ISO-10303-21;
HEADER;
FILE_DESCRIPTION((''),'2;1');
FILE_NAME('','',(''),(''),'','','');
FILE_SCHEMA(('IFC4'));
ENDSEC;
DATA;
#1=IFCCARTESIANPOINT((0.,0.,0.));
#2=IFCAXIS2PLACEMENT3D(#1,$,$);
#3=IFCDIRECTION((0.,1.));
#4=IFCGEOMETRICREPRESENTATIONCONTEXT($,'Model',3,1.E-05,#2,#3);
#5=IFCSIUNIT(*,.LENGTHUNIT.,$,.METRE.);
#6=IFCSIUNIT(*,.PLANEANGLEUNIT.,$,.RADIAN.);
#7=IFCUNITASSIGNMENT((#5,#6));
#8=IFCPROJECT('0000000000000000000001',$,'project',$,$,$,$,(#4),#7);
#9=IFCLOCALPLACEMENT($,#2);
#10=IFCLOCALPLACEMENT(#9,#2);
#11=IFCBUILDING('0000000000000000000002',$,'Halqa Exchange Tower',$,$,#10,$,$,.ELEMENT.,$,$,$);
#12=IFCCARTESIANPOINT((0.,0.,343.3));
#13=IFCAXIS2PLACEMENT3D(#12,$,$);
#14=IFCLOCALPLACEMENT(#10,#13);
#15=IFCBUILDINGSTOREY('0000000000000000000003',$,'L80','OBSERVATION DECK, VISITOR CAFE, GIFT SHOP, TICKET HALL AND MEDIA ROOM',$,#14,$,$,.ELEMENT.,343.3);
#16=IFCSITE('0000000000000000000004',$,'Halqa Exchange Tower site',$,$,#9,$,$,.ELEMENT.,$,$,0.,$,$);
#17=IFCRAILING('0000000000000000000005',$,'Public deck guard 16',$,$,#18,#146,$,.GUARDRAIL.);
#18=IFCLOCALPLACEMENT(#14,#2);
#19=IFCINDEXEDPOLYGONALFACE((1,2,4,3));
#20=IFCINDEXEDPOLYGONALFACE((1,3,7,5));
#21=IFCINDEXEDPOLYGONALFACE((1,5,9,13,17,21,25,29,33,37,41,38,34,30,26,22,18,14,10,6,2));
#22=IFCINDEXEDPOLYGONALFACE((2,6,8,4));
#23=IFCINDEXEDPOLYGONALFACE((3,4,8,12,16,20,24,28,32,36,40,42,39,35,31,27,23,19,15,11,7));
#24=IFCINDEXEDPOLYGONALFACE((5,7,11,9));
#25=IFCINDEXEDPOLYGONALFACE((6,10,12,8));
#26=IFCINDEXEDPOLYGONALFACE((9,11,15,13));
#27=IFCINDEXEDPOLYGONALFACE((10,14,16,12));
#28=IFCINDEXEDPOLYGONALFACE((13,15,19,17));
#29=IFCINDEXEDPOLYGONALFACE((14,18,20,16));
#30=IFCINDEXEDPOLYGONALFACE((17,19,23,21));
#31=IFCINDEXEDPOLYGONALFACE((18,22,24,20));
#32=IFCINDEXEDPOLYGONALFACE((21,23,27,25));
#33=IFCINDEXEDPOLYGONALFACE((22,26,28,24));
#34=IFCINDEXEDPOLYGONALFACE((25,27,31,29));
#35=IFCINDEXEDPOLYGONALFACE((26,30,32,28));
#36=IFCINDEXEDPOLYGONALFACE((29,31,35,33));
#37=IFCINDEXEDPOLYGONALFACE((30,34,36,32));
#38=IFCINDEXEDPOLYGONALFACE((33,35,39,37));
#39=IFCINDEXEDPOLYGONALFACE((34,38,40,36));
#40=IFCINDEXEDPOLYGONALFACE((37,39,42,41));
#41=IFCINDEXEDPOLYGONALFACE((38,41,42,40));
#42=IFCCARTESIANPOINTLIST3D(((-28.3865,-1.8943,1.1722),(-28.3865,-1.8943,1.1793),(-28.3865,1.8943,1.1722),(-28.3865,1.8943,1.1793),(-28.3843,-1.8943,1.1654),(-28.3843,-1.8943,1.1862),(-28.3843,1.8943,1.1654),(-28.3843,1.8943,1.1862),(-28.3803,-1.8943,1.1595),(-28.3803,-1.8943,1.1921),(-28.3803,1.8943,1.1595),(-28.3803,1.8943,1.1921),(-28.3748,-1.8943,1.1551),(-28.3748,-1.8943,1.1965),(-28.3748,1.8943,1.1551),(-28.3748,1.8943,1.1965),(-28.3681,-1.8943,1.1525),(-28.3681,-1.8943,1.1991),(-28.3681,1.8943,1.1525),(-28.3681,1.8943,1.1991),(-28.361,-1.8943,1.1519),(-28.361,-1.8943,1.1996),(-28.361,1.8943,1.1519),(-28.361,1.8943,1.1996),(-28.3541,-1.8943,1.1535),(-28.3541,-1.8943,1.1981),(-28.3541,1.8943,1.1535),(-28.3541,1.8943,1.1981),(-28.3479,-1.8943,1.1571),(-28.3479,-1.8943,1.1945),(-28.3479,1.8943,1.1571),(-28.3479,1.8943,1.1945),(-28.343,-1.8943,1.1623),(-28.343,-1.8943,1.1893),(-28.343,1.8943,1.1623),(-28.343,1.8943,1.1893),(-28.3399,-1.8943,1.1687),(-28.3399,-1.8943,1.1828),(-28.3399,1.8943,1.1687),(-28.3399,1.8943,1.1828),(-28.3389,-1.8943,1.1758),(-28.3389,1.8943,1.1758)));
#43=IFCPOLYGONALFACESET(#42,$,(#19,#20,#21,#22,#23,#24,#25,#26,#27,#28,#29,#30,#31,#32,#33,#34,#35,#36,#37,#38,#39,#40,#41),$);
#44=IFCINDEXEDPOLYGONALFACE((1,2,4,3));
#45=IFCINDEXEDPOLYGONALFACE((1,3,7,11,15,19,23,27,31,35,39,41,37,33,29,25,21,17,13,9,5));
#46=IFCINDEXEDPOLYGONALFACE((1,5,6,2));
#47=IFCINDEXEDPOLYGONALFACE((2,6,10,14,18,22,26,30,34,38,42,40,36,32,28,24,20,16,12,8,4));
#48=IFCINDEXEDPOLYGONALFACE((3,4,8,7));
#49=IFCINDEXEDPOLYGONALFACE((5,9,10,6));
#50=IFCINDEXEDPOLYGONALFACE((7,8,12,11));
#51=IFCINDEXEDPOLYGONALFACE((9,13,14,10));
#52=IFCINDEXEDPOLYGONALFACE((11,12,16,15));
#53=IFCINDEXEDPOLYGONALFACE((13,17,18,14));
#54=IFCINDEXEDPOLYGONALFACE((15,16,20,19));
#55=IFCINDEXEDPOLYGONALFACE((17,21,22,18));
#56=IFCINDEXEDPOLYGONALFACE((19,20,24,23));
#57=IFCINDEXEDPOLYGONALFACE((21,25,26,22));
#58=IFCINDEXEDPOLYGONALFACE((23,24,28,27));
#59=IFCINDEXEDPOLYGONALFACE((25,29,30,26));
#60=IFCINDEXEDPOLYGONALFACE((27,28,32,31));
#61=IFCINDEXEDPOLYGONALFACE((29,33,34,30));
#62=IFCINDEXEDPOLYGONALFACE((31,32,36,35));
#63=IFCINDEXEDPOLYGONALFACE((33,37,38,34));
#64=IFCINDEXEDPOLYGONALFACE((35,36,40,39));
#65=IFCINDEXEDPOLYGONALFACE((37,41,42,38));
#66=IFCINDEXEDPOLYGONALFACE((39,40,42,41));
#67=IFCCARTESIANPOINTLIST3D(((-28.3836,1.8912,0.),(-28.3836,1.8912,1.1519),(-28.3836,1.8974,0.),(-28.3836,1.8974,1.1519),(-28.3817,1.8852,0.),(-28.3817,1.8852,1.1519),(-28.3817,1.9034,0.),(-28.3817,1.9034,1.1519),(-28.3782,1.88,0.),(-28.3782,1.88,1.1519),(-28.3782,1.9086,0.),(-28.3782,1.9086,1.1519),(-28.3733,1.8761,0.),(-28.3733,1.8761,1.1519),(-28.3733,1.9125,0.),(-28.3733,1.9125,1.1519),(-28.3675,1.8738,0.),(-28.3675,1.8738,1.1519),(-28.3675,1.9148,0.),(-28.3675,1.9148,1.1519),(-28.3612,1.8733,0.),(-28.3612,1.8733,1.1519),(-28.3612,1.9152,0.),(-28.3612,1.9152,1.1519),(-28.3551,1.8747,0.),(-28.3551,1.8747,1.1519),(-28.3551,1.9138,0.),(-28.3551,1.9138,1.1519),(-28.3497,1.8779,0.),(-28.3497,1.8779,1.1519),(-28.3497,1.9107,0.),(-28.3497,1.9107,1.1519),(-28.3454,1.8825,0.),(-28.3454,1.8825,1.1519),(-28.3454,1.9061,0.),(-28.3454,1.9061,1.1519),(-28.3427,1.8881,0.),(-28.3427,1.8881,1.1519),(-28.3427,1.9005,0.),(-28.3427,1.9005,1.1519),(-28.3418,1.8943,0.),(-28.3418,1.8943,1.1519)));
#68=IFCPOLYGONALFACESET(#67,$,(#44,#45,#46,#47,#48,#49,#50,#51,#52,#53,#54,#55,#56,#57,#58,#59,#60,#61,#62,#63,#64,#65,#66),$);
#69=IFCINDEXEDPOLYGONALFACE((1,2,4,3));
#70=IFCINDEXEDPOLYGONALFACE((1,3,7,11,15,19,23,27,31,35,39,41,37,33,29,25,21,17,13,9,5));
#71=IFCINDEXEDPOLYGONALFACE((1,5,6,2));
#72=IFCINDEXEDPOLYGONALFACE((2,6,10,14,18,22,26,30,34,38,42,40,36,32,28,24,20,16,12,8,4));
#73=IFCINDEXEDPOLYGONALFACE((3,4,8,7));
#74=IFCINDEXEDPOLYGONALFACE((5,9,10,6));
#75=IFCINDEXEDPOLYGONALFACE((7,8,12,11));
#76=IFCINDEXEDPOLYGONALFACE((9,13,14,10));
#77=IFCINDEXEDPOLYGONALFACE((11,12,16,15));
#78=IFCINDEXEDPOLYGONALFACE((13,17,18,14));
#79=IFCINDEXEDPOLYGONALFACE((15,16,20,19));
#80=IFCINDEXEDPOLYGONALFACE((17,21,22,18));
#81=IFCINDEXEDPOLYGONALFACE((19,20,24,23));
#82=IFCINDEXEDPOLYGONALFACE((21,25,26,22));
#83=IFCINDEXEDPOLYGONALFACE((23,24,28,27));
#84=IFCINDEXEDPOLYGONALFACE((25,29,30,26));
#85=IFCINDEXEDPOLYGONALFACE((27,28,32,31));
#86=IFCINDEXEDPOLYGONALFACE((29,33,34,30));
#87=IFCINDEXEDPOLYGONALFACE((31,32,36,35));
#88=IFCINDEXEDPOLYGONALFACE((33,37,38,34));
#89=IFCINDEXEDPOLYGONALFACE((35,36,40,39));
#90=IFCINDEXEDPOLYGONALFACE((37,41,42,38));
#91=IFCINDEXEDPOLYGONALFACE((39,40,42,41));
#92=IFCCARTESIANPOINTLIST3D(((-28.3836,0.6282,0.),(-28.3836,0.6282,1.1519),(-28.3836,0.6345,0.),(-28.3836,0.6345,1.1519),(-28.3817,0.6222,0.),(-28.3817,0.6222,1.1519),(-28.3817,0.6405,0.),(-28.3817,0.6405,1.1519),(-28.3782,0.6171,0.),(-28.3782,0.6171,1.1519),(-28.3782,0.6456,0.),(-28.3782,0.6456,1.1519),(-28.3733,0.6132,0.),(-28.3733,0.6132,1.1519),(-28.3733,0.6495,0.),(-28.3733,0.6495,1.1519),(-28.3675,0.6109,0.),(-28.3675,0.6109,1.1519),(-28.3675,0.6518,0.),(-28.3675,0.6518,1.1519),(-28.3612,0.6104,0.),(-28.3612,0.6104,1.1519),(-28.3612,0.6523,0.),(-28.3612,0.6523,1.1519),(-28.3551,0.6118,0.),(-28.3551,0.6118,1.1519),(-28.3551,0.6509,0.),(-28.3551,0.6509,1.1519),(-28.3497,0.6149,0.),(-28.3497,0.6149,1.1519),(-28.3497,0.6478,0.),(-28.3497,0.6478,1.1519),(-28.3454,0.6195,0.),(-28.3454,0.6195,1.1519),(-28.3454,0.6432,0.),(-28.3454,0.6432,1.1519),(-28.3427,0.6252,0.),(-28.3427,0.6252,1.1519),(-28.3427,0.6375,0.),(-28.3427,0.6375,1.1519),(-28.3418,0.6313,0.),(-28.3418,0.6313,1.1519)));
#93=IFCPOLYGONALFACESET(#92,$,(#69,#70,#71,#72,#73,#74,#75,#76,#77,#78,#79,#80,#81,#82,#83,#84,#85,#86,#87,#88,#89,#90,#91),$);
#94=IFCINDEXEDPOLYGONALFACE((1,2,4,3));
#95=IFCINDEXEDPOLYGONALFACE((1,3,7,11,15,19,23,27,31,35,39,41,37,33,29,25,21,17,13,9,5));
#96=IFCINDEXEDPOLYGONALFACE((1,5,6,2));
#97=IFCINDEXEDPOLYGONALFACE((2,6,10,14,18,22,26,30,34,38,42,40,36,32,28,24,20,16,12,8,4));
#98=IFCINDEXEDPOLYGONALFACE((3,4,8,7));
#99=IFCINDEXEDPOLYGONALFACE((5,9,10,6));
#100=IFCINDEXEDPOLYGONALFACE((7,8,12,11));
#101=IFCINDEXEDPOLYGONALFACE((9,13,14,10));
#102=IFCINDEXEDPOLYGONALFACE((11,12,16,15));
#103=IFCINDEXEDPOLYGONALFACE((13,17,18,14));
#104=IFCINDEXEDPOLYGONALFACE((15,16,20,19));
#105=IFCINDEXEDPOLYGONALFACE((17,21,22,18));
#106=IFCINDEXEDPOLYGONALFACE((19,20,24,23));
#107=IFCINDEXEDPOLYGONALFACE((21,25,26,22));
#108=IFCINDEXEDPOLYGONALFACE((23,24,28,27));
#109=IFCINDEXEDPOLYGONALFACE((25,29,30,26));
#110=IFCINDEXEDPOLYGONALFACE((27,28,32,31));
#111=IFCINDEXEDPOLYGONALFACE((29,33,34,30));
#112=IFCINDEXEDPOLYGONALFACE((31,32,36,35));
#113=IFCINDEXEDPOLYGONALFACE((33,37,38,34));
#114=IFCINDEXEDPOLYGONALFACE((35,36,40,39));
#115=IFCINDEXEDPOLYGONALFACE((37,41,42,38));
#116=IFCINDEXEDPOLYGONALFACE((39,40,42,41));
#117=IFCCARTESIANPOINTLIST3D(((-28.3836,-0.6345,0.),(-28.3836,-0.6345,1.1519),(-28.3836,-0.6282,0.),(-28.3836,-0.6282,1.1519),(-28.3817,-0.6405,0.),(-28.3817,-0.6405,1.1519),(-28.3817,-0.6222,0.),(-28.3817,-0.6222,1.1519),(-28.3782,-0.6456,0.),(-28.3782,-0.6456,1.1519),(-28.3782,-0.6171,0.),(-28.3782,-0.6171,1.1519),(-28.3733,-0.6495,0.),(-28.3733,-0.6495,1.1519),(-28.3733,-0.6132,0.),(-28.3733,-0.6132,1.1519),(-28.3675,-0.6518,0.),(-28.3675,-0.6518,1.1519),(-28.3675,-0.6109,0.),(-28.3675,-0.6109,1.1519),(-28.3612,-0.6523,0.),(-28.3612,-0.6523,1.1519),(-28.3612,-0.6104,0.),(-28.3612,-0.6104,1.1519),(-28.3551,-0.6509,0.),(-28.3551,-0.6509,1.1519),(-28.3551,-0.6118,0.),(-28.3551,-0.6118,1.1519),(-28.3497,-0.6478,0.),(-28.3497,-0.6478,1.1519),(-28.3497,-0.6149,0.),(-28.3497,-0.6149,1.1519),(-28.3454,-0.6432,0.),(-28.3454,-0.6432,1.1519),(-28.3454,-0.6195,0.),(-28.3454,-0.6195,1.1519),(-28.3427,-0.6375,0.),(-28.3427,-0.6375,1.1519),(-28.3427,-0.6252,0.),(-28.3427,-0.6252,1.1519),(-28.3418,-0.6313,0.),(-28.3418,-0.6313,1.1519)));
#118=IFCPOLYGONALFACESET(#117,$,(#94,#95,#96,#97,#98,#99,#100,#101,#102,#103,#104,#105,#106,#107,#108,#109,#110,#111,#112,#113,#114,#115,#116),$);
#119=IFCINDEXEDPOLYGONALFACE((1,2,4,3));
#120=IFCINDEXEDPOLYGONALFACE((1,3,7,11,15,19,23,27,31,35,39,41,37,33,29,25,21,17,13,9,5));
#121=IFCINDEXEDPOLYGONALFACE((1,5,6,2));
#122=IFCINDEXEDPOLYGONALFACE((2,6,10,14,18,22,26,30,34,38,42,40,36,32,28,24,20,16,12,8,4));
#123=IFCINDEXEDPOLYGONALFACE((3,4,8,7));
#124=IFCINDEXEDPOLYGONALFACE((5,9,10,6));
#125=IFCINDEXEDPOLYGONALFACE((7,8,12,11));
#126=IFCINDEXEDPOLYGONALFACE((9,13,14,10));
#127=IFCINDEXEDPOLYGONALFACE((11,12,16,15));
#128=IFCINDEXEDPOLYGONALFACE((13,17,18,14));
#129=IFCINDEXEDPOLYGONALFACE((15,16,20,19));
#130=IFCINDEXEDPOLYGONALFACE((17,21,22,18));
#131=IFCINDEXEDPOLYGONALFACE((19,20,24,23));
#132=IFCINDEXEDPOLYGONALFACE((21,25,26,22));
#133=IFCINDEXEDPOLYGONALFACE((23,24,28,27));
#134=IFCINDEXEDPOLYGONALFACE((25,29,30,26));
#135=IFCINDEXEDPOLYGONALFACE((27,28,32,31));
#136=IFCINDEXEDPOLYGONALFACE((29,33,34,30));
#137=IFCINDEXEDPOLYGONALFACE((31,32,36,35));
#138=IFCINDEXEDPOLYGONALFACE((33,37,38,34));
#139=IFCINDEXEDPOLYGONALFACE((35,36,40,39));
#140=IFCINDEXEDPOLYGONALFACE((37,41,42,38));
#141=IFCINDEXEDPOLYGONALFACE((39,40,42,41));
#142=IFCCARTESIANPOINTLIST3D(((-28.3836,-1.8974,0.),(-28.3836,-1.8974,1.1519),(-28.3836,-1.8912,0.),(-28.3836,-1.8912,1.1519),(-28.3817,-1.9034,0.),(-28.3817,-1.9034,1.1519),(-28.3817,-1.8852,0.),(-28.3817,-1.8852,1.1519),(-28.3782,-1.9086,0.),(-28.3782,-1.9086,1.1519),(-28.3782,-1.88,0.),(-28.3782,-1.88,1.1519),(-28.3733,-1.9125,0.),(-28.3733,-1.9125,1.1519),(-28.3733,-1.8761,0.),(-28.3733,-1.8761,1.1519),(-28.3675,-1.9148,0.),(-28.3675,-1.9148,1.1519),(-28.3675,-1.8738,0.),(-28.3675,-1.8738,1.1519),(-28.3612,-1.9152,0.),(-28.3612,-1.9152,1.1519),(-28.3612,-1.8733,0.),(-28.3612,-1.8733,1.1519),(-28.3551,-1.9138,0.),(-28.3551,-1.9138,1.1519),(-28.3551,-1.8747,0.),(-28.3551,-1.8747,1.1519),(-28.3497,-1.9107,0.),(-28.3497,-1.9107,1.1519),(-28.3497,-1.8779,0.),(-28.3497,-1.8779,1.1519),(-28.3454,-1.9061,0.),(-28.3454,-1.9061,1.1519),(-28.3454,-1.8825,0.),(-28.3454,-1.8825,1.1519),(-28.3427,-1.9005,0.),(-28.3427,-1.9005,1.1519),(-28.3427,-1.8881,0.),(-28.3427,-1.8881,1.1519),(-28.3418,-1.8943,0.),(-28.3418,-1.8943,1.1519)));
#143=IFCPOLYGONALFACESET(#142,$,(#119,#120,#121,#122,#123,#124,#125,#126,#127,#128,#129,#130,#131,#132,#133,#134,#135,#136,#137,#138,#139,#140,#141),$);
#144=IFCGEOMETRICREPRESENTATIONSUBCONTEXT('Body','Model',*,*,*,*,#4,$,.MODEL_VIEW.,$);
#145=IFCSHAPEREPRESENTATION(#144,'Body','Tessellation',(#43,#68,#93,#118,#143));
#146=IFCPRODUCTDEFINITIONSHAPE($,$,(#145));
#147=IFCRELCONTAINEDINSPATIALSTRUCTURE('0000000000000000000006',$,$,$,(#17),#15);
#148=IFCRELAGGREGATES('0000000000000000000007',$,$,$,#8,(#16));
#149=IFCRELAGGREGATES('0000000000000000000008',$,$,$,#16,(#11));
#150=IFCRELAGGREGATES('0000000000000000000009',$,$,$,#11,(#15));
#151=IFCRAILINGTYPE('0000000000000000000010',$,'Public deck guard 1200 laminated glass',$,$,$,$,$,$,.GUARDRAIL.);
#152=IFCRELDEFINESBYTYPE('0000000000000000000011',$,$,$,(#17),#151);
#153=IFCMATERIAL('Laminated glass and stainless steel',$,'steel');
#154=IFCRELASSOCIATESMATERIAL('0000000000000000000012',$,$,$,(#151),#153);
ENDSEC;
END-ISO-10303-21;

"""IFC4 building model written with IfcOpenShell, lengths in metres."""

from ifc_helpers import new_model, si_unit, direction, frame, origin, origin_2d, place, context, subcontext, project, spatial, circle, extrude, material, type_object, element, save


model = new_model("IFC4")

# Units and contexts
model_context = context("Model", 3, precision=1e-05, world=origin(), true_north=direction((0.0, 1.0)))
body_context = subcontext(model_context, "Body", "Model", "MODEL_VIEW")
ifc_project = project(units=[si_unit("LENGTHUNIT", "METRE"), si_unit("PLANEANGLEUNIT", "RADIAN")], contexts=[model_context])

# Site, building, storey
site_placement = place(None, origin())
site = spatial("IfcSite", under=ifc_project, at=site_placement, Name="Halqa Exchange Tower site", CompositionType="ELEMENT", RefElevation=0.0)
building_placement = place(site_placement, origin())
building = spatial("IfcBuilding", under=site, at=building_placement, Name="Halqa Exchange Tower", CompositionType="ELEMENT")
storey_placement = place(building_placement, frame((0.0, 0.0, 343.3)))
storey = spatial("IfcBuildingStorey", under=building, at=storey_placement, Name="L80", Description="OBSERVATION DECK, VISITOR CAFE, GIFT SHOP, TICKET HALL AND MEDIA ROOM", CompositionType="ELEMENT", Elevation=343.3)

# Railing
ifc_material_1 = material(Name="Laminated glass and stainless steel", Category="steel")
railing_type = type_object("IfcRailingType", Name="Public deck guard 1200 laminated glass", PredefinedType="GUARDRAIL", material=ifc_material_1)
railing_1_placement = place(storey_placement, frame((-28.3628, 1.8943, 0.0)))
element("IfcRailing", 1, at=railing_1_placement, inside=storey, type_object=railing_type, Name="Public deck guard 16", PredefinedType="GUARDRAIL", context=body_context, shape_type="SweptSolid", body=[
    extrude(circle(Radius=0.0239, at=origin_2d()), frame((0.0, 0.0, 1.1758), z_axis=(0.0, -1.0, 0.0), x_axis=(1.0, 0.0, 0.0)), (0.0, 0.0, 1.0), 3.7886),
    extrude(circle(Radius=0.021, at=origin_2d()), origin(), (0.0, 0.0, 1.0), 1.1519),
    extrude(circle(Radius=0.021, at=origin_2d()), frame((0.0, -1.2629, 0.0)), (0.0, 0.0, 1.0), 1.1519),
    extrude(circle(Radius=0.021, at=origin_2d()), frame((0.0, -2.5256, 0.0)), (0.0, 0.0, 1.0), 1.1519),
    extrude(circle(Radius=0.021, at=origin_2d()), frame((0.0, -3.7886, 0.0)), (0.0, 0.0, 1.0), 1.1519),
])

save(model, "model.ifc")
